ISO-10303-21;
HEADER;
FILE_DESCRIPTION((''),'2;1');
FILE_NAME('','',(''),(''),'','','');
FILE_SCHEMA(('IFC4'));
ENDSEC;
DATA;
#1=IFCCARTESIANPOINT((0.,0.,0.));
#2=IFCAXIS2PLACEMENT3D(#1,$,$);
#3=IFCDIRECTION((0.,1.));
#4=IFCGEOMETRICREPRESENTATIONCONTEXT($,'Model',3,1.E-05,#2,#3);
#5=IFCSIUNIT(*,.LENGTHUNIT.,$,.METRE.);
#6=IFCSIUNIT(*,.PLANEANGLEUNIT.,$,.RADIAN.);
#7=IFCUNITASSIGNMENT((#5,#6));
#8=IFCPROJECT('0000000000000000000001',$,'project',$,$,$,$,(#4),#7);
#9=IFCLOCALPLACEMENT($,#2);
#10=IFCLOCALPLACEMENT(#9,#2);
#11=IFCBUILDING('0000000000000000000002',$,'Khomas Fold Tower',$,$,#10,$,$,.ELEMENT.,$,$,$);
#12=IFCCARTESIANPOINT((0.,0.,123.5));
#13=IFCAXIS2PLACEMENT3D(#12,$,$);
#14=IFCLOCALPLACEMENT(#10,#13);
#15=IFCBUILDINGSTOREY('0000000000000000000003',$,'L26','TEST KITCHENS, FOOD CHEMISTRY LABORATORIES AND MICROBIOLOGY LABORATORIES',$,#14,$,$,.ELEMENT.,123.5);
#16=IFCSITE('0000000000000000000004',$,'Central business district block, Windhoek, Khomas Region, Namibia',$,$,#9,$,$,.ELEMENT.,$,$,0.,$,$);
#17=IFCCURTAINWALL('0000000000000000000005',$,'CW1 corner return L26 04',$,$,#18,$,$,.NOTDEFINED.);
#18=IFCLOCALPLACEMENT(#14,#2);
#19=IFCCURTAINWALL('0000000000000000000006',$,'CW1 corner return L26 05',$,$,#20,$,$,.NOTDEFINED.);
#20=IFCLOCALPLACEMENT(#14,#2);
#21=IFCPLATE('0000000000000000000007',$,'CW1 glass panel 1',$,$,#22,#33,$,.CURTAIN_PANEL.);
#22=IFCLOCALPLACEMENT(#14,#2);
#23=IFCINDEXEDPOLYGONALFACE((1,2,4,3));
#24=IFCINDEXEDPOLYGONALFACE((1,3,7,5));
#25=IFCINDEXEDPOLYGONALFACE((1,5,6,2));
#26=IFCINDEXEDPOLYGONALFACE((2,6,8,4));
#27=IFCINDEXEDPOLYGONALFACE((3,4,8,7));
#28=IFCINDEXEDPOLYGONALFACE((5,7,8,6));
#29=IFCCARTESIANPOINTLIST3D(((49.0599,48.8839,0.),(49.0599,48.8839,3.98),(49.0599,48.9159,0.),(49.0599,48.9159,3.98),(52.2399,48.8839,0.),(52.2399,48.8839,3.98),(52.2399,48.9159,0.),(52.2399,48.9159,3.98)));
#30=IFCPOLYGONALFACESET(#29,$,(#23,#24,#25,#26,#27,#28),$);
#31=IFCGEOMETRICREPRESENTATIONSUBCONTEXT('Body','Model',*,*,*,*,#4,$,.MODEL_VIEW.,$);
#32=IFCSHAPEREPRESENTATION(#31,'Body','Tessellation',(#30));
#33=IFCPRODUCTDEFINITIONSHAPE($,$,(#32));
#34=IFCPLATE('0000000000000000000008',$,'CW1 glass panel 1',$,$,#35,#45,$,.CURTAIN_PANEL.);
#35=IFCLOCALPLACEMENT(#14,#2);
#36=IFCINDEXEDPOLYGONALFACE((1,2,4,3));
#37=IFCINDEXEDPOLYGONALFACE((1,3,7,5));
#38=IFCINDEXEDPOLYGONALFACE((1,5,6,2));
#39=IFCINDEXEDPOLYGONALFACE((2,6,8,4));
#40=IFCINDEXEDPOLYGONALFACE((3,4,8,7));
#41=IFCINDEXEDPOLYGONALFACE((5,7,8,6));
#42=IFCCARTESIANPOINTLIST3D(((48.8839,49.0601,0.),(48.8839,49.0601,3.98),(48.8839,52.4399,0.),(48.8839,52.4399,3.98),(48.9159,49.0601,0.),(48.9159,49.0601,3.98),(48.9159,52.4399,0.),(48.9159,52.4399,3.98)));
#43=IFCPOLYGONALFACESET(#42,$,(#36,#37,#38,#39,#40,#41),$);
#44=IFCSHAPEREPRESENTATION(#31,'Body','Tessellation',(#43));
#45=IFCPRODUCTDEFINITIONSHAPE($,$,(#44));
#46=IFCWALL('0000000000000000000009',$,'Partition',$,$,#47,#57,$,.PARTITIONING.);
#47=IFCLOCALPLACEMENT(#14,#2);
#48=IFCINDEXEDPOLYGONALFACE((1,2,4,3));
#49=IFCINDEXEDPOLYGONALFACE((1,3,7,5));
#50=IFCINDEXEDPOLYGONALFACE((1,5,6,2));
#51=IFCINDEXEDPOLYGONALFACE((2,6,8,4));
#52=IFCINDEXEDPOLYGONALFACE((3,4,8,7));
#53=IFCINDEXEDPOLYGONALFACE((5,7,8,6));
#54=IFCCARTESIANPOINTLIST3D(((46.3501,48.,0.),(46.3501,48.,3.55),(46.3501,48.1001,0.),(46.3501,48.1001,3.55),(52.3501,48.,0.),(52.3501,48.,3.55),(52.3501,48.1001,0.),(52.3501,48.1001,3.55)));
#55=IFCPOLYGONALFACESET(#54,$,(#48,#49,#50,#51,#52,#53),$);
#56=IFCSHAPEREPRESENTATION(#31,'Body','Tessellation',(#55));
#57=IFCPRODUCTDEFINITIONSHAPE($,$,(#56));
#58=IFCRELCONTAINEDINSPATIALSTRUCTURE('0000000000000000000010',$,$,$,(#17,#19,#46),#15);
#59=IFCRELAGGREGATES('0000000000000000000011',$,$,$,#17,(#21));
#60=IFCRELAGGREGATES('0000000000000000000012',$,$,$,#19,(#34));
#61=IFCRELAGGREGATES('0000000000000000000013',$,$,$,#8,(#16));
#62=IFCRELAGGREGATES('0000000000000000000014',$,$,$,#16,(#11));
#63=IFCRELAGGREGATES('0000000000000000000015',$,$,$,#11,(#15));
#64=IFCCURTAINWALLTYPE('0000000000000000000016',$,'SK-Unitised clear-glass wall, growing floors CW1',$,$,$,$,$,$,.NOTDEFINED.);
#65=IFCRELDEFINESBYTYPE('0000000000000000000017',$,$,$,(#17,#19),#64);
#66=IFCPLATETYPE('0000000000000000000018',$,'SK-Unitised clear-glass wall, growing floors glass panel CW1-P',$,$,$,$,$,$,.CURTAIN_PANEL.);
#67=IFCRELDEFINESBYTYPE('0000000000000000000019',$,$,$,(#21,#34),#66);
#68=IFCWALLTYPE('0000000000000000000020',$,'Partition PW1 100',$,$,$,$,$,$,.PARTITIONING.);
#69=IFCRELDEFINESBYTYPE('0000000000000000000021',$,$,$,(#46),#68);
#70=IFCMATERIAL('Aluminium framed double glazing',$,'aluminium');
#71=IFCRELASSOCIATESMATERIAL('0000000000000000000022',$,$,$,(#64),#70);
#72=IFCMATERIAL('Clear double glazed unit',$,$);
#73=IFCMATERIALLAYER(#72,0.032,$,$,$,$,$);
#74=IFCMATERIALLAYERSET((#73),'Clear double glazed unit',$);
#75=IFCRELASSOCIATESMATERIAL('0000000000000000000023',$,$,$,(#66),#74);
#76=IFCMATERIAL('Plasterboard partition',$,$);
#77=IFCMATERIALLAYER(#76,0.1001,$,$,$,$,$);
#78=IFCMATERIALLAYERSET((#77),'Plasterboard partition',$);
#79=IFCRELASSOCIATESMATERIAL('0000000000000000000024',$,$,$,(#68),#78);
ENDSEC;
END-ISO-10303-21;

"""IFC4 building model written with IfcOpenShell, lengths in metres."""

from ifc_helpers import new_model, si_unit, direction, frame, frame_2d, origin, origin_2d, place, context, subcontext, project, spatial, rectangle, extrude, source, transform, mapped, material, layer, layer_set, type_object, element, aggregate, save


model = new_model("IFC4")

# Units and contexts
model_context = context("Model", 3, precision=1e-05, world=origin(), true_north=direction((0.0, 1.0)))
body_context = subcontext(model_context, "Body", "Model", "MODEL_VIEW")
ifc_project = project(units=[si_unit("LENGTHUNIT", "METRE"), si_unit("PLANEANGLEUNIT", "RADIAN")], contexts=[model_context])

# Site, building, storey
site_placement = place(None, origin())
site = spatial("IfcSite", under=ifc_project, at=site_placement, Name="Central business district block, Windhoek, Khomas Region, Namibia", CompositionType="ELEMENT", RefElevation=0.0)
building_placement = place(site_placement, origin())
building = spatial("IfcBuilding", under=site, at=building_placement, Name="Khomas Fold Tower", CompositionType="ELEMENT")
storey_placement = place(building_placement, frame((0.0, 0.0, 123.5)))
storey = spatial("IfcBuildingStorey", under=building, at=storey_placement, Name="L26", Description="TEST KITCHENS, FOOD CHEMISTRY LABORATORIES AND MICROBIOLOGY LABORATORIES", CompositionType="ELEMENT", Elevation=123.5)

# Shared definitions
ifc_material_1 = material(Name="Aluminium framed double glazing", Category="aluminium")
curtain_wall_type = type_object("IfcCurtainWallType", Name="SK-Unitised clear-glass wall, growing floors CW1", PredefinedType="NOTDEFINED", material=ifc_material_1)

# Curtain walls
curtain_wall_1_placement = place(storey_placement, origin())
curtain_wall_1 = element("IfcCurtainWall", 1, at=curtain_wall_1_placement, inside=storey, type_object=curtain_wall_type, Name="CW1 corner return L26 04", PredefinedType="NOTDEFINED")
curtain_wall_2_placement = place(storey_placement, origin())
curtain_wall_2 = element("IfcCurtainWall", 2, at=curtain_wall_2_placement, inside=storey, type_object=curtain_wall_type, Name="CW1 corner return L26 05", PredefinedType="NOTDEFINED")

# Plates
ifc_material_2 = material(Name="Clear double glazed unit")
ifc_layer_1 = layer(ifc_material_2, 0.032)
ifc_layer_set_1 = layer_set([ifc_layer_1], Name="Clear double glazed unit")
plate_type = type_object("IfcPlateType", Name="SK-Unitised clear-glass wall, growing floors glass panel CW1-P", PredefinedType="CURTAIN_PANEL", material=ifc_layer_set_1)
shared_shape_1 = source(origin(), body_context, "Body", "SweptSolid", [
    extrude(rectangle(XDim=3.1799, YDim=0.032, at=origin_2d()), origin(), (0.0, 0.0, 1.0), 3.98),
])
plate_1_placement = place(storey_placement, frame((50.6499, 48.8999, 0.0), z_axis=(0.0, 0.0, 1.0), x_axis=(-1.0, 0.0, 0.0)))
plate_1 = element("IfcPlate", 3, at=plate_1_placement, type_object=plate_type, Name="CW1 glass panel 1", PredefinedType="CURTAIN_PANEL", context=body_context, shape_type="MappedRepresentation", body=[
    mapped(shared_shape_1, transform((0.0, 0.0, 0.0))),
])
aggregate(curtain_wall_1, [plate_1])
shared_shape_2 = source(origin(), body_context, "Body", "SweptSolid", [
    extrude(rectangle(XDim=3.3799, YDim=0.032, at=origin_2d()), origin(), (0.0, 0.0, 1.0), 3.98),
])
plate_2_placement = place(storey_placement, frame((48.8999, 50.75, 0.0), z_axis=(0.0, 0.0, 1.0), x_axis=(0.0, 1.0, 0.0)))
plate_2 = element("IfcPlate", 4, at=plate_2_placement, type_object=plate_type, Name="CW1 glass panel 1", PredefinedType="CURTAIN_PANEL", context=body_context, shape_type="MappedRepresentation", body=[
    mapped(shared_shape_2, transform((0.0, 0.0, 0.0))),
])
aggregate(curtain_wall_2, [plate_2])

# Wall
ifc_material_3 = material(Name="Plasterboard partition")
ifc_layer_2 = layer(ifc_material_3, 0.1001)
ifc_layer_set_2 = layer_set([ifc_layer_2], Name="Plasterboard partition")
wall_type = type_object("IfcWallType", Name="Partition PW1 100", PredefinedType="PARTITIONING", material=ifc_layer_set_2)
shared_shape_3 = source(origin(), body_context, "Body", "SweptSolid", [
    extrude(rectangle(XDim=6.0, YDim=0.1001, at=frame_2d((3.0, 0.0))), origin(), (0.0, 0.0, 1.0), 3.55),
])
wall_placement = place(storey_placement, frame((46.3501, 48.05, 0.0), z_axis=(0.0, 0.0, 1.0), x_axis=(1.0, 0.0, 0.0)))
element("IfcWall", 5, at=wall_placement, inside=storey, type_object=wall_type, Name="Partition", PredefinedType="PARTITIONING", context=body_context, shape_type="MappedRepresentation", body=[
    mapped(shared_shape_3, transform((0.0, 0.0, 0.0))),
])

save(model, "model.ifc")
